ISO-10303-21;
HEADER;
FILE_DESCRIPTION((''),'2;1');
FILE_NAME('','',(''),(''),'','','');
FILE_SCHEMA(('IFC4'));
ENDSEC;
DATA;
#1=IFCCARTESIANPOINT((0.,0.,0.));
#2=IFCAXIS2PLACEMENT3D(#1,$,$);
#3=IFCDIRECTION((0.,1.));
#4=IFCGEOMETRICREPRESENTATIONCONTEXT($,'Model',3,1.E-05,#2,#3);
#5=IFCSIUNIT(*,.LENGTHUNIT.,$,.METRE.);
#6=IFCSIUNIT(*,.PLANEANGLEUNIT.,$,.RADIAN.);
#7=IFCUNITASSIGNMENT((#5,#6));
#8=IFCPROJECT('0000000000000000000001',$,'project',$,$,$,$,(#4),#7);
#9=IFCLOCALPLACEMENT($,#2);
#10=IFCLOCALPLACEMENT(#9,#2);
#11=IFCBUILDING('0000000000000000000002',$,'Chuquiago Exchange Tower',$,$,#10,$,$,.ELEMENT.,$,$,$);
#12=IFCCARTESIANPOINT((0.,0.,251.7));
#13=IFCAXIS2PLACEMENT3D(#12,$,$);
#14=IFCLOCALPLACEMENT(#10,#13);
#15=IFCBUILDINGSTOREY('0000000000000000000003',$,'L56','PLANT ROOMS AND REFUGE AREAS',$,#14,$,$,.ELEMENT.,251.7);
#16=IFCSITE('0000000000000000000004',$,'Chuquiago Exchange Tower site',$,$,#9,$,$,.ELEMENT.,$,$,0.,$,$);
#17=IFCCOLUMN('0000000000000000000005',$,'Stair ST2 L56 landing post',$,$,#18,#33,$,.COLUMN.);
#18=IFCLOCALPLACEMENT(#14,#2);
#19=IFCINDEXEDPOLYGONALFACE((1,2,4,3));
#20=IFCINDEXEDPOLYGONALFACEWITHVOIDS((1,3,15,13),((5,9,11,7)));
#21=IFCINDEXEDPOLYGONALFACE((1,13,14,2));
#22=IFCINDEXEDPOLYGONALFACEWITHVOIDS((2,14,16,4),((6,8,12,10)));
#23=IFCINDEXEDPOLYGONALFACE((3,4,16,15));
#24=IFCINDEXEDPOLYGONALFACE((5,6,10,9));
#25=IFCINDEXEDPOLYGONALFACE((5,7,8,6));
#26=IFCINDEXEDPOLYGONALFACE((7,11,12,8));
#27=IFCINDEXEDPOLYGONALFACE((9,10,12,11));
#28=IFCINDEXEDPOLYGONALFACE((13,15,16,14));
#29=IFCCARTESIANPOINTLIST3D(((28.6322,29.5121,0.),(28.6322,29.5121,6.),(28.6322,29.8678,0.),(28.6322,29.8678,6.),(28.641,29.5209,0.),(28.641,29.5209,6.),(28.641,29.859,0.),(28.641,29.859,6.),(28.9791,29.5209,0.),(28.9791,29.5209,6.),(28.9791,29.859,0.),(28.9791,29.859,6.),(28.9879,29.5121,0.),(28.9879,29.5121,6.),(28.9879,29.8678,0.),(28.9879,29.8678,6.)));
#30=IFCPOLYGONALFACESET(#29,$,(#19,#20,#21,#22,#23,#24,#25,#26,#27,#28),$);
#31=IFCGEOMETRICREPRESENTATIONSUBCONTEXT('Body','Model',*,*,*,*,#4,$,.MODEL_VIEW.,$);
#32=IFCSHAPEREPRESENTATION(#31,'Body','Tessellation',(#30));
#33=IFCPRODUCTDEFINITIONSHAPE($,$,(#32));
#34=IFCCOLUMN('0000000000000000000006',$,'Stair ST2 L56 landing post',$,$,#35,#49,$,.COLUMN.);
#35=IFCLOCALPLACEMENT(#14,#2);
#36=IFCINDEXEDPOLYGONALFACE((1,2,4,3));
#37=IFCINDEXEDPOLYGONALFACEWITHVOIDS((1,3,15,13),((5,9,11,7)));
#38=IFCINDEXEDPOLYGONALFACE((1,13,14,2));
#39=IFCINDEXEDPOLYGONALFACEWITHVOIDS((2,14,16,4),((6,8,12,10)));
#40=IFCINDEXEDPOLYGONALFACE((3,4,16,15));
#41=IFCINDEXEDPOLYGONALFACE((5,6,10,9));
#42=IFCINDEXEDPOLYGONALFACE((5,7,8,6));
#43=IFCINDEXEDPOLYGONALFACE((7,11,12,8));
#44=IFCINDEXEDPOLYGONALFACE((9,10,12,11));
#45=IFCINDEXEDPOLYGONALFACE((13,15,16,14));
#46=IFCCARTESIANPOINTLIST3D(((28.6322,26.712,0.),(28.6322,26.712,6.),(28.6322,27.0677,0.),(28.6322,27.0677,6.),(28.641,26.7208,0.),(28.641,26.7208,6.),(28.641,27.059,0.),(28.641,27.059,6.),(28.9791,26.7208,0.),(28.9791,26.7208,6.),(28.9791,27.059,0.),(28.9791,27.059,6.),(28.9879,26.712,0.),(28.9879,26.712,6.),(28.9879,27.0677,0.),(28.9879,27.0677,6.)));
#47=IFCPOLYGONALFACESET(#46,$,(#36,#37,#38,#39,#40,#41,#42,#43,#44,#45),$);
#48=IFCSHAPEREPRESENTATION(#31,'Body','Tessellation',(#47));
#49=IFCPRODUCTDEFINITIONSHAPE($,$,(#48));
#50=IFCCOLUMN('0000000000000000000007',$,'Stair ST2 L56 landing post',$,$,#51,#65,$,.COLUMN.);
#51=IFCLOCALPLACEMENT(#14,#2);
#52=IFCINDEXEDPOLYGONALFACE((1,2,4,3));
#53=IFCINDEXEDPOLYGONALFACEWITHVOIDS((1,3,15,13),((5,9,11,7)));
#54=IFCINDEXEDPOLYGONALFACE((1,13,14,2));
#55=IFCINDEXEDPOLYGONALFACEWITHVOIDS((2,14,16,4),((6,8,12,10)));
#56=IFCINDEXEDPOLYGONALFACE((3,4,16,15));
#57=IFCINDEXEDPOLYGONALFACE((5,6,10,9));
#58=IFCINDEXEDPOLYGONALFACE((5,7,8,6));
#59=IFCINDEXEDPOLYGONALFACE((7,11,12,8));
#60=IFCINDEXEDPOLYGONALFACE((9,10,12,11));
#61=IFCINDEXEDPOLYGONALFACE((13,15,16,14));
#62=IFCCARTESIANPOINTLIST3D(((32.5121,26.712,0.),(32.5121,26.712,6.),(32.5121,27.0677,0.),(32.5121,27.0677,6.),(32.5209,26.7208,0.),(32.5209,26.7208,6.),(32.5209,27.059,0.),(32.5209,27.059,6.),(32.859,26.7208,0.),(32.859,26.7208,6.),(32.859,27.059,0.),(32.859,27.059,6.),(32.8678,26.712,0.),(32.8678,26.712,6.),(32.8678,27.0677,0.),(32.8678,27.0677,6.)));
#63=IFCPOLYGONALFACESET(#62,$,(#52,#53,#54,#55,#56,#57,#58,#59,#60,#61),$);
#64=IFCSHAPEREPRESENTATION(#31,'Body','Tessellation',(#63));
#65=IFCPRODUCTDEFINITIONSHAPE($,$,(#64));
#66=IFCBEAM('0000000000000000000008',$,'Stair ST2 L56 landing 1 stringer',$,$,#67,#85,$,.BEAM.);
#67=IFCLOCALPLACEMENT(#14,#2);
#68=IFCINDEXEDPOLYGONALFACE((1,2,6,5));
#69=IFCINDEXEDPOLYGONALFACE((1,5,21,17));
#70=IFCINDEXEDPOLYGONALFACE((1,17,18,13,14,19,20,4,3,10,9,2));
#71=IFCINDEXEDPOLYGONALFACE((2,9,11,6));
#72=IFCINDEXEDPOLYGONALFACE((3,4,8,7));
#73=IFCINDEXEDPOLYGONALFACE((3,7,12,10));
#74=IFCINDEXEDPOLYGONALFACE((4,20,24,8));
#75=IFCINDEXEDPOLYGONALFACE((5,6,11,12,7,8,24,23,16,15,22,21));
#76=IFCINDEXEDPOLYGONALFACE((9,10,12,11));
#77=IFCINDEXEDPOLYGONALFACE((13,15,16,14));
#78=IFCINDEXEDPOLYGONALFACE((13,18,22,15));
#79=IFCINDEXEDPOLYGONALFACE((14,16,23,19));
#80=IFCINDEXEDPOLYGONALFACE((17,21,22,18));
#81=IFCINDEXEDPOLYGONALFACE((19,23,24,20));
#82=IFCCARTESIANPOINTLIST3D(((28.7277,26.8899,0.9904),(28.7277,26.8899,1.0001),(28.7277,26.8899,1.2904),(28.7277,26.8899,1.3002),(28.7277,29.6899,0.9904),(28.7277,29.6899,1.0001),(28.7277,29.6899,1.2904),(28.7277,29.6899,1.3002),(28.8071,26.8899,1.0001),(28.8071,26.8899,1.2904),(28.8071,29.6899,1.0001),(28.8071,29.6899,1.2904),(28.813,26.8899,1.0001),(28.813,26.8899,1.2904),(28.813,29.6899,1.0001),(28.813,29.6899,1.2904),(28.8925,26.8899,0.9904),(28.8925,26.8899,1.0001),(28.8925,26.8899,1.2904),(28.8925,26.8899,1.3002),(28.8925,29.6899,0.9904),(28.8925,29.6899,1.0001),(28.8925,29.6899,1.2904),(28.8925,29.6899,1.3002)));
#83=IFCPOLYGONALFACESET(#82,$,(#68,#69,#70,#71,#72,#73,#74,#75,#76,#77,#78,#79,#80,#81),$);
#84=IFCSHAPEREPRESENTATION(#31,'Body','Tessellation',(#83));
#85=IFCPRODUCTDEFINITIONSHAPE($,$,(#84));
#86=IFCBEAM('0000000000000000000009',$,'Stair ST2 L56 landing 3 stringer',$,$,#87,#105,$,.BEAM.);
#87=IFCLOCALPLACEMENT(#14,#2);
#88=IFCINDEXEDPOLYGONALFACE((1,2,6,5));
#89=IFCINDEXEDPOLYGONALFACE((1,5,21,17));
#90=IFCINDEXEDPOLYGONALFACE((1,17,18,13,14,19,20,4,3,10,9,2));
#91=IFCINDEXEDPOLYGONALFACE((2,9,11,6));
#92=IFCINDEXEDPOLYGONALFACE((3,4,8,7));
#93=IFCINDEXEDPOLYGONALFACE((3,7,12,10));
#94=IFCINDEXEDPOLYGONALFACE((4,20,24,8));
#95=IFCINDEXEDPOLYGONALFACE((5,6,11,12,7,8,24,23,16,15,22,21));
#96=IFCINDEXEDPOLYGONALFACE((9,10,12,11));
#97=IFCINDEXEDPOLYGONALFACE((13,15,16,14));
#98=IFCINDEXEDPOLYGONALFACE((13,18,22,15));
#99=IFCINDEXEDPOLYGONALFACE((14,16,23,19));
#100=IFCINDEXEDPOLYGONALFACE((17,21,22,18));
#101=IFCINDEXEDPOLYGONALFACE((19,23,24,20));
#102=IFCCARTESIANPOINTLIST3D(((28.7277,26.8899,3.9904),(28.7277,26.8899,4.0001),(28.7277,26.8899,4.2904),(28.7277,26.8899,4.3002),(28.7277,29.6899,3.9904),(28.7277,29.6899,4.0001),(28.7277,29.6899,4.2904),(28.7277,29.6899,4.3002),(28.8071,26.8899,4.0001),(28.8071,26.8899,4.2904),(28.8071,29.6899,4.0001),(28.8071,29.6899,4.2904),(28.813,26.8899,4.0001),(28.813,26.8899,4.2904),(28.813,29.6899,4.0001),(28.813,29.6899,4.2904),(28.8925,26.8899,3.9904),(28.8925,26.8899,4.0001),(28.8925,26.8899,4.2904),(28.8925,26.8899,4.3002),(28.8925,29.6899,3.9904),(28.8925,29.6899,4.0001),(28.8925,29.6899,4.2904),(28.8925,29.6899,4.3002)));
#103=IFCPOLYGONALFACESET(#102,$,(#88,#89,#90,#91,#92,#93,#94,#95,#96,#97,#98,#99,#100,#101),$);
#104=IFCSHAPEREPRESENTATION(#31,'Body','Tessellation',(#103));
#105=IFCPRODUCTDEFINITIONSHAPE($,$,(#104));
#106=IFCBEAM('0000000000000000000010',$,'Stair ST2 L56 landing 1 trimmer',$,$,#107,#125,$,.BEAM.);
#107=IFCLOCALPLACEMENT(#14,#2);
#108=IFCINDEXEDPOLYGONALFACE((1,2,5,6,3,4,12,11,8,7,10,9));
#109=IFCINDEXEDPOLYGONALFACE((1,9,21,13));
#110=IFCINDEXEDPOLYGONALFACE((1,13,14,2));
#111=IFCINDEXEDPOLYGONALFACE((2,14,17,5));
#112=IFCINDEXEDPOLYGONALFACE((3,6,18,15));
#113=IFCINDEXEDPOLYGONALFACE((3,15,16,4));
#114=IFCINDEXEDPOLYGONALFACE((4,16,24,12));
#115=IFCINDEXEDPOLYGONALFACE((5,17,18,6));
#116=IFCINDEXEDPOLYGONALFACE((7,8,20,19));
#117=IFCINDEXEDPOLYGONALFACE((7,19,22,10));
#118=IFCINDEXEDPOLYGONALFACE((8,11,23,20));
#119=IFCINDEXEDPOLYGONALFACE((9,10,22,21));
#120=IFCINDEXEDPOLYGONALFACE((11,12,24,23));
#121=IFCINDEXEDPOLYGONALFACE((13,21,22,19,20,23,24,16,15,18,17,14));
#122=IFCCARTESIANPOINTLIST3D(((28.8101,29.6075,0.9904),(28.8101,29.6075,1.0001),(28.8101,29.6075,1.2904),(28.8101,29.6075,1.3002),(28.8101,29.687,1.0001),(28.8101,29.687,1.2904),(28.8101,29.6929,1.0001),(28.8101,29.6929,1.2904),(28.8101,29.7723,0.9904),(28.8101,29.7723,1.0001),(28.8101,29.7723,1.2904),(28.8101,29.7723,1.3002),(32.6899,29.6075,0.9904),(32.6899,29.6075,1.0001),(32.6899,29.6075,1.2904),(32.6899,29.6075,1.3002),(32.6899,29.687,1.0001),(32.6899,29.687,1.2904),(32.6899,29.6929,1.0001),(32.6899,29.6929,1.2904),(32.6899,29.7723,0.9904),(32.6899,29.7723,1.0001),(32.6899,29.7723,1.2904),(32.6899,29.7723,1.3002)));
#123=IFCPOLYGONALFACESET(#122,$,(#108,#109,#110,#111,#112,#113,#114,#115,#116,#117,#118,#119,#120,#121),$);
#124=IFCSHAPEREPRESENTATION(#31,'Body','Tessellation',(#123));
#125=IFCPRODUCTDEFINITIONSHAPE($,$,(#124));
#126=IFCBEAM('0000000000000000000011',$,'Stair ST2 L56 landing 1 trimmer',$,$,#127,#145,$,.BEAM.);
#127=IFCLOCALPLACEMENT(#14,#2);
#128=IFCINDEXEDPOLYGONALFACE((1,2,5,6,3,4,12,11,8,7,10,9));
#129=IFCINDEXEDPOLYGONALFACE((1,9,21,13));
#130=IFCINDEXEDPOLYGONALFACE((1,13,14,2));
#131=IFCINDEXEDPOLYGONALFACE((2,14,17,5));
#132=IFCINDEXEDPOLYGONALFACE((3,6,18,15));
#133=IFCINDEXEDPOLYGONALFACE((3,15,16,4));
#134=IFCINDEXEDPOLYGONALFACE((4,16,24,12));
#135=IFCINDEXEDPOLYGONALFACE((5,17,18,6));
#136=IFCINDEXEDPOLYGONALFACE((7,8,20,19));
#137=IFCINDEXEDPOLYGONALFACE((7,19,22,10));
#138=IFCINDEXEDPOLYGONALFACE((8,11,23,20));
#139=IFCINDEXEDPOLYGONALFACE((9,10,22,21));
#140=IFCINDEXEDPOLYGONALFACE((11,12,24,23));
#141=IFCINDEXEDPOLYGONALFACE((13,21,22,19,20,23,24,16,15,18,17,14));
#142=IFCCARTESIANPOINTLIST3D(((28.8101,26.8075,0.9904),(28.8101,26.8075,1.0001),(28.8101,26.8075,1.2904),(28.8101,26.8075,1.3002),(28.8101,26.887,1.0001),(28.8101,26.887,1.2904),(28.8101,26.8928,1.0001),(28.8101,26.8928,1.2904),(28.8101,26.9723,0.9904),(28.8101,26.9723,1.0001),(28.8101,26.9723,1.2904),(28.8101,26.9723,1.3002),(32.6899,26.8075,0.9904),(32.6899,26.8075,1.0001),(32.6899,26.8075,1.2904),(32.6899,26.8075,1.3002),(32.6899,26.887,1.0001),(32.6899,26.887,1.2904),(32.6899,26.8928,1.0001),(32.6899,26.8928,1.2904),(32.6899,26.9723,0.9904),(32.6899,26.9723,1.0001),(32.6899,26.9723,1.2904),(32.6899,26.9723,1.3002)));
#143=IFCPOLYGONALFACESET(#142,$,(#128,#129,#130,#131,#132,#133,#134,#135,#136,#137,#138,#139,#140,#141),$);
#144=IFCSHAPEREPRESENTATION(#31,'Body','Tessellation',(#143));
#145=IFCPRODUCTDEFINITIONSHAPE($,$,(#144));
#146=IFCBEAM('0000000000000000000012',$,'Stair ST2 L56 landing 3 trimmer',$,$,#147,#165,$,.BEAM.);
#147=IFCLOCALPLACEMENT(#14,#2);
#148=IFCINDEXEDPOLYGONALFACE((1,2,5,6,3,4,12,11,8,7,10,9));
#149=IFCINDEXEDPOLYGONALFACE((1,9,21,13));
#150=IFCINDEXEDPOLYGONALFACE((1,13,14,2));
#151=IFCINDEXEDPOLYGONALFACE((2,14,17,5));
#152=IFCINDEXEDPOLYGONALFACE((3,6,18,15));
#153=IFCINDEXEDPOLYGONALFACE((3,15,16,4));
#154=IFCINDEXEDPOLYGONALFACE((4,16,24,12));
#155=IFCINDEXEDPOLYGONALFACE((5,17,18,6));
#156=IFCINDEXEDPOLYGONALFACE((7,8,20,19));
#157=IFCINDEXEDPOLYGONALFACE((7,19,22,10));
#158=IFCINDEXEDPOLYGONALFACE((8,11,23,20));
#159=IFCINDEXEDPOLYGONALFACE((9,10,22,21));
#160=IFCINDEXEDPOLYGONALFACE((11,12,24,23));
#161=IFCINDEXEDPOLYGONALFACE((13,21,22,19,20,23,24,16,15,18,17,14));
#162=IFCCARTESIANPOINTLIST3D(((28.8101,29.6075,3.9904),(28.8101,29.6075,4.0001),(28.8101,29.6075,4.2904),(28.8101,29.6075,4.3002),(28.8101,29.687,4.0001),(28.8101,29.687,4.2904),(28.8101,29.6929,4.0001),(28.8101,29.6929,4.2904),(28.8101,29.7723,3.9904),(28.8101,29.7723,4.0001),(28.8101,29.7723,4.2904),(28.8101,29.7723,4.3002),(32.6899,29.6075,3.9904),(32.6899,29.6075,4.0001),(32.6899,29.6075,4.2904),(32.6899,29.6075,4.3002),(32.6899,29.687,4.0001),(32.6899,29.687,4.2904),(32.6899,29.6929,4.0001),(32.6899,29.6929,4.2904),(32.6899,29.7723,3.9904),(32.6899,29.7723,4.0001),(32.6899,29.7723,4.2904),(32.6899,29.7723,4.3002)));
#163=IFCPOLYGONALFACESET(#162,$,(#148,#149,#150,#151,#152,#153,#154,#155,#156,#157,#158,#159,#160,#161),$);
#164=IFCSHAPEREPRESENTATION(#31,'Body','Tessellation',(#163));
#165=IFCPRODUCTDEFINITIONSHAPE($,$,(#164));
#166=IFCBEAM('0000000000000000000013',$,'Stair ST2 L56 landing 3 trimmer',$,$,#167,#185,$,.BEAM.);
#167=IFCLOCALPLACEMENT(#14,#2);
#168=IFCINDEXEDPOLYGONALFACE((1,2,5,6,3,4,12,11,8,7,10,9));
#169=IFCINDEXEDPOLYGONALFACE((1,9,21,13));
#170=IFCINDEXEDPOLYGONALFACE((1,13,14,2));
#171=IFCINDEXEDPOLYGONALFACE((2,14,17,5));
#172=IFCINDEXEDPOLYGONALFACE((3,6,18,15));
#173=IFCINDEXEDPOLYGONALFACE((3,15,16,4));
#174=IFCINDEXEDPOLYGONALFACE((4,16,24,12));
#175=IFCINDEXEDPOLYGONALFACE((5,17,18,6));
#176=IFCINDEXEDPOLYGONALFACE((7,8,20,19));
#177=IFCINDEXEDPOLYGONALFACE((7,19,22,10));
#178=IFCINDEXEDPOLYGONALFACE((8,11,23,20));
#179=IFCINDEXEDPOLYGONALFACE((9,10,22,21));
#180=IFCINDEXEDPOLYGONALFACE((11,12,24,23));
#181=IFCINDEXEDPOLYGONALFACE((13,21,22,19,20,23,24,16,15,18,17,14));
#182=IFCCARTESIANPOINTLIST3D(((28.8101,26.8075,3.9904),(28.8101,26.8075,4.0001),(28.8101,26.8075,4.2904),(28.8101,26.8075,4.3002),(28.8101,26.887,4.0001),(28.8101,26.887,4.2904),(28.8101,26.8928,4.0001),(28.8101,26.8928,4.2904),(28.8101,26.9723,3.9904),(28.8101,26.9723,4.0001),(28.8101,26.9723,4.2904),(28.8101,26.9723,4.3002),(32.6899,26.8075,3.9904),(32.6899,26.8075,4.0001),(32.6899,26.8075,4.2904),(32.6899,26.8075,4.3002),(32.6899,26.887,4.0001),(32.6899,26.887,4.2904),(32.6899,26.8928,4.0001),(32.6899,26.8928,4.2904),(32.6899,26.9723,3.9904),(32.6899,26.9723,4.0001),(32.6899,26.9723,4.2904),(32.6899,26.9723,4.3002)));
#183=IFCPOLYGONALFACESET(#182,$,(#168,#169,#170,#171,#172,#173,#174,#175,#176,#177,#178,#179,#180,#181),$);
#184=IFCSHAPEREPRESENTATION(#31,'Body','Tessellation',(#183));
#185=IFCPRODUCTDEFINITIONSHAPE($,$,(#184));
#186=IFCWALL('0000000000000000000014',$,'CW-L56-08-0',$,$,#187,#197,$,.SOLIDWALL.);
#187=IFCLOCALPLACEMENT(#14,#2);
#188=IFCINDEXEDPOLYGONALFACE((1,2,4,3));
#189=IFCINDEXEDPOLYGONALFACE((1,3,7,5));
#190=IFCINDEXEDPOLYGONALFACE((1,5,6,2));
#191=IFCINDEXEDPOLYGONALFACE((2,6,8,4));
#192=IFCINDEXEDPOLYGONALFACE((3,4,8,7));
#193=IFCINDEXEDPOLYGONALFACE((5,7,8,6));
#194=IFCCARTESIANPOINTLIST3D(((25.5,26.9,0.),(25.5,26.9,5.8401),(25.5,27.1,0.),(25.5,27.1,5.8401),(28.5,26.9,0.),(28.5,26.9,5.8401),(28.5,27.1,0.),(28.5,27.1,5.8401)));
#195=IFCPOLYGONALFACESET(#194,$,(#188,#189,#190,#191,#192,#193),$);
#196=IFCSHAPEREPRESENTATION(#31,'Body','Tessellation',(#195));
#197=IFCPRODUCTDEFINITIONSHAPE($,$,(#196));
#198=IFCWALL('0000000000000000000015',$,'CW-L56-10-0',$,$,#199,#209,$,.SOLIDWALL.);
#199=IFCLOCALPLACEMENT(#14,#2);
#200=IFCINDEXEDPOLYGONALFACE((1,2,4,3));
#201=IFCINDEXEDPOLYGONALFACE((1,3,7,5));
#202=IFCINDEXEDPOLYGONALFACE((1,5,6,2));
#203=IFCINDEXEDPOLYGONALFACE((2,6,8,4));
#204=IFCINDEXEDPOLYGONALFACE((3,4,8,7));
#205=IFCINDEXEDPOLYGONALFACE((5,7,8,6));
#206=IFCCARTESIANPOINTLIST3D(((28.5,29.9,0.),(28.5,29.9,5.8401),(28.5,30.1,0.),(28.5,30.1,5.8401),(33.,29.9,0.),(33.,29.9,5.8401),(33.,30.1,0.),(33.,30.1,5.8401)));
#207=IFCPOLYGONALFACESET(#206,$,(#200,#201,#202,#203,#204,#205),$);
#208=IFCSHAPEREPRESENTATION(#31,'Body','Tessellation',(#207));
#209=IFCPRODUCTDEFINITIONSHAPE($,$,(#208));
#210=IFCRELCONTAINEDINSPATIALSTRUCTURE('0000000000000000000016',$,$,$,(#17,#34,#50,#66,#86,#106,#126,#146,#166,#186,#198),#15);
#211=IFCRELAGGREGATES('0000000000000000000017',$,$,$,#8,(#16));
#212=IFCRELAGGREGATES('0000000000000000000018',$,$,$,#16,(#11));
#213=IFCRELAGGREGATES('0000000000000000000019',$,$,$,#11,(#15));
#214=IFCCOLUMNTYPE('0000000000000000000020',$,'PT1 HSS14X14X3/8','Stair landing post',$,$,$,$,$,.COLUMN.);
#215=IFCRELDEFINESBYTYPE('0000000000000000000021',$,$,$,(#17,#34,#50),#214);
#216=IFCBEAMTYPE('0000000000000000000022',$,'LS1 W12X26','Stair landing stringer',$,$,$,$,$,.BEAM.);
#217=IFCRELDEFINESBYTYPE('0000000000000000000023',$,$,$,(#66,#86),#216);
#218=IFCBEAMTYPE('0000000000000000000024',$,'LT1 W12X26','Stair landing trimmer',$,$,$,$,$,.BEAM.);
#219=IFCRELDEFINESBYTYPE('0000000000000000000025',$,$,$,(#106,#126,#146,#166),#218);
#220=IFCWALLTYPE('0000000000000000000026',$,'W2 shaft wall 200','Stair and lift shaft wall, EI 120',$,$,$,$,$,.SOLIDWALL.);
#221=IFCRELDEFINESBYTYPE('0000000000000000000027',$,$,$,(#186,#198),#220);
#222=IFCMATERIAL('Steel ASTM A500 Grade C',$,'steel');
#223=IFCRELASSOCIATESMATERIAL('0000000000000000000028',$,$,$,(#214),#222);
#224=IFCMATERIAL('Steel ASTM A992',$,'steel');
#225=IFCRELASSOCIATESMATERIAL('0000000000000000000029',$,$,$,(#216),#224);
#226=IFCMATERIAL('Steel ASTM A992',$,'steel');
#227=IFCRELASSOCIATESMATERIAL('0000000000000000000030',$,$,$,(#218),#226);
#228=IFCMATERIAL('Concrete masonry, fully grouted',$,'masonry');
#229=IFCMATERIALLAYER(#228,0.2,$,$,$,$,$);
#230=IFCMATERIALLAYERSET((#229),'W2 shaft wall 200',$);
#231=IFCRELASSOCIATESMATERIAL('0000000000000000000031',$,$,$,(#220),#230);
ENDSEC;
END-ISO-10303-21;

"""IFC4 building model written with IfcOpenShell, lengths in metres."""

from ifc_helpers import new_model, si_unit, direction, frame, frame_2d, origin, origin_2d, place, context, subcontext, project, spatial, rectangle, hollow_rectangle, i_section, extrude, material, layer, layer_set, material_profile, profile_set, type_object, element, save


model = new_model("IFC4")

# Units and contexts
model_context = context("Model", 3, precision=1e-05, world=origin(), true_north=direction((0.0, 1.0)))
body_context = subcontext(model_context, "Body", "Model", "MODEL_VIEW")
ifc_project = project(units=[si_unit("LENGTHUNIT", "METRE"), si_unit("PLANEANGLEUNIT", "RADIAN")], contexts=[model_context])

# Site, building, storey
site_placement = place(None, origin())
site = spatial("IfcSite", under=ifc_project, at=site_placement, Name="Chuquiago Exchange Tower site", CompositionType="ELEMENT", RefElevation=0.0)
building_placement = place(site_placement, origin())
building = spatial("IfcBuilding", under=site, at=building_placement, Name="Chuquiago Exchange Tower", CompositionType="ELEMENT")
storey_placement = place(building_placement, frame((0.0, 0.0, 251.7)))
storey = spatial("IfcBuildingStorey", under=building, at=storey_placement, Name="L56", Description="PLANT ROOMS AND REFUGE AREAS", CompositionType="ELEMENT", Elevation=251.7)

# Columns
ifc_material_1 = material(Name="Steel ASTM A500 Grade C", Category="steel")
ifc_material_profile_1 = material_profile(ifc_material_1, hollow_rectangle(XDim=0.3557, YDim=0.3557, WallThickness=0.0088, at=origin_2d()), Name="HSS14X14X3/8")
ifc_profile_set_1 = profile_set([ifc_material_profile_1], Name="Steel ASTM A500 Grade C")
column_type = type_object("IfcColumnType", Name="PT1 HSS14X14X3/8", Description="Stair landing post", PredefinedType="COLUMN", material=ifc_profile_set_1)
for number, where, z_axis, x_axis, name in (
    (1, (28.8101, 29.6899, 0.0), (0.0, 0.0, 1.0), (1.0, 0.0, 0.0), "Stair ST2 L56 landing post"),
    (2, (28.8101, 26.8899, 0.0), (0.0, 0.0, 1.0), (1.0, 0.0, 0.0), "Stair ST2 L56 landing post"),
    (3, (32.6899, 26.8899, 0.0), (0.0, 0.0, 1.0), (1.0, 0.0, 0.0), "Stair ST2 L56 landing post"),
):
    element("IfcColumn", number, at=place(storey_placement, frame(where, z_axis=z_axis, x_axis=x_axis)), inside=storey, type_object=column_type, Name=name, PredefinedType="COLUMN", context=body_context, shape_type="SweptSolid", body=[
        extrude(hollow_rectangle(XDim=0.3557, YDim=0.3557, WallThickness=0.0088, at=origin_2d()), origin(), (0.0, 0.0, 1.0), 6.0),
    ])

# Beams
ifc_material_2 = material(Name="Steel ASTM A992", Category="steel")
ifc_material_profile_2 = material_profile(ifc_material_2, i_section(OverallWidth=0.1648, OverallDepth=0.3098, WebThickness=0.0059, FlangeThickness=0.0098, at=origin_2d()), Name="W12X26")
ifc_profile_set_2 = profile_set([ifc_material_profile_2], Name="Steel ASTM A992")
beam_type_1 = type_object("IfcBeamType", Name="LS1 W12X26", Description="Stair landing stringer", PredefinedType="BEAM", material=ifc_profile_set_2)
for number, where, z_axis, x_axis, name in (
    (4, (28.8101, 26.8899, 1.1453), (0.0, 1.0, 0.0), (-1.0, 0.0, 0.0), "Stair ST2 L56 landing 1 stringer"),
    (5, (28.8101, 26.8899, 4.1453), (0.0, 1.0, 0.0), (-1.0, 0.0, 0.0), "Stair ST2 L56 landing 3 stringer"),
):
    element("IfcBeam", number, at=place(storey_placement, frame(where, z_axis=z_axis, x_axis=x_axis)), inside=storey, type_object=beam_type_1, Name=name, PredefinedType="BEAM", context=body_context, shape_type="SweptSolid", body=[
        extrude(i_section(OverallWidth=0.1648, OverallDepth=0.3098, WebThickness=0.0059, FlangeThickness=0.0098, at=origin_2d()), origin(), (0.0, 0.0, 1.0), 2.8),
    ])
ifc_material_3 = material(Name="Steel ASTM A992", Category="steel")
ifc_material_profile_3 = material_profile(ifc_material_3, i_section(OverallWidth=0.1648, OverallDepth=0.3098, WebThickness=0.0059, FlangeThickness=0.0098, at=origin_2d()), Name="W12X26")
ifc_profile_set_3 = profile_set([ifc_material_profile_3], Name="Steel ASTM A992")
beam_type_2 = type_object("IfcBeamType", Name="LT1 W12X26", Description="Stair landing trimmer", PredefinedType="BEAM", material=ifc_profile_set_3)
for number, where, z_axis, x_axis, name in (
    (6, (28.8101, 29.6899, 1.1453), (1.0, 0.0, 0.0), (0.0, 1.0, 0.0), "Stair ST2 L56 landing 1 trimmer"),
    (7, (28.8101, 26.8899, 1.1453), (1.0, 0.0, 0.0), (0.0, 1.0, 0.0), "Stair ST2 L56 landing 1 trimmer"),
    (8, (28.8101, 29.6899, 4.1453), (1.0, 0.0, 0.0), (0.0, 1.0, 0.0), "Stair ST2 L56 landing 3 trimmer"),
    (9, (28.8101, 26.8899, 4.1453), (1.0, 0.0, 0.0), (0.0, 1.0, 0.0), "Stair ST2 L56 landing 3 trimmer"),
):
    element("IfcBeam", number, at=place(storey_placement, frame(where, z_axis=z_axis, x_axis=x_axis)), inside=storey, type_object=beam_type_2, Name=name, PredefinedType="BEAM", context=body_context, shape_type="SweptSolid", body=[
        extrude(i_section(OverallWidth=0.1648, OverallDepth=0.3098, WebThickness=0.0059, FlangeThickness=0.0098, at=origin_2d()), origin(), (0.0, 0.0, 1.0), 3.8799),
    ])

# Walls
ifc_material_4 = material(Name="Concrete masonry, fully grouted", Category="masonry")
ifc_layer_1 = layer(ifc_material_4, 0.2)
ifc_layer_set_1 = layer_set([ifc_layer_1], Name="W2 shaft wall 200")
wall_type_1 = type_object("IfcWallType", Name="W2 shaft wall 200", Description="Stair and lift shaft wall, EI 120", PredefinedType="SOLIDWALL", material=ifc_layer_set_1)
wall_1_placement = place(storey_placement, frame((25.5, 27.0, 0.0), z_axis=(0.0, 0.0, 1.0), x_axis=(1.0, 0.0, 0.0)))
element("IfcWall", 10, at=wall_1_placement, inside=storey, type_object=wall_type_1, Name="CW-L56-08-0", PredefinedType="SOLIDWALL", context=body_context, shape_type="SweptSolid", body=[
    extrude(rectangle(XDim=3.0, YDim=0.2, at=frame_2d((1.5, 0.0))), origin(), (0.0, 0.0, 1.0), 5.8401),
])
wall_2_placement = place(storey_placement, frame((28.5, 30.0, 0.0), z_axis=(0.0, 0.0, 1.0), x_axis=(1.0, 0.0, 0.0)))
element("IfcWall", 11, at=wall_2_placement, inside=storey, type_object=wall_type_1, Name="CW-L56-10-0", PredefinedType="SOLIDWALL", context=body_context, shape_type="SweptSolid", body=[
    extrude(rectangle(XDim=4.5, YDim=0.2, at=frame_2d((2.25, 0.0))), origin(), (0.0, 0.0, 1.0), 5.8401),
])

save(model, "model.ifc")
